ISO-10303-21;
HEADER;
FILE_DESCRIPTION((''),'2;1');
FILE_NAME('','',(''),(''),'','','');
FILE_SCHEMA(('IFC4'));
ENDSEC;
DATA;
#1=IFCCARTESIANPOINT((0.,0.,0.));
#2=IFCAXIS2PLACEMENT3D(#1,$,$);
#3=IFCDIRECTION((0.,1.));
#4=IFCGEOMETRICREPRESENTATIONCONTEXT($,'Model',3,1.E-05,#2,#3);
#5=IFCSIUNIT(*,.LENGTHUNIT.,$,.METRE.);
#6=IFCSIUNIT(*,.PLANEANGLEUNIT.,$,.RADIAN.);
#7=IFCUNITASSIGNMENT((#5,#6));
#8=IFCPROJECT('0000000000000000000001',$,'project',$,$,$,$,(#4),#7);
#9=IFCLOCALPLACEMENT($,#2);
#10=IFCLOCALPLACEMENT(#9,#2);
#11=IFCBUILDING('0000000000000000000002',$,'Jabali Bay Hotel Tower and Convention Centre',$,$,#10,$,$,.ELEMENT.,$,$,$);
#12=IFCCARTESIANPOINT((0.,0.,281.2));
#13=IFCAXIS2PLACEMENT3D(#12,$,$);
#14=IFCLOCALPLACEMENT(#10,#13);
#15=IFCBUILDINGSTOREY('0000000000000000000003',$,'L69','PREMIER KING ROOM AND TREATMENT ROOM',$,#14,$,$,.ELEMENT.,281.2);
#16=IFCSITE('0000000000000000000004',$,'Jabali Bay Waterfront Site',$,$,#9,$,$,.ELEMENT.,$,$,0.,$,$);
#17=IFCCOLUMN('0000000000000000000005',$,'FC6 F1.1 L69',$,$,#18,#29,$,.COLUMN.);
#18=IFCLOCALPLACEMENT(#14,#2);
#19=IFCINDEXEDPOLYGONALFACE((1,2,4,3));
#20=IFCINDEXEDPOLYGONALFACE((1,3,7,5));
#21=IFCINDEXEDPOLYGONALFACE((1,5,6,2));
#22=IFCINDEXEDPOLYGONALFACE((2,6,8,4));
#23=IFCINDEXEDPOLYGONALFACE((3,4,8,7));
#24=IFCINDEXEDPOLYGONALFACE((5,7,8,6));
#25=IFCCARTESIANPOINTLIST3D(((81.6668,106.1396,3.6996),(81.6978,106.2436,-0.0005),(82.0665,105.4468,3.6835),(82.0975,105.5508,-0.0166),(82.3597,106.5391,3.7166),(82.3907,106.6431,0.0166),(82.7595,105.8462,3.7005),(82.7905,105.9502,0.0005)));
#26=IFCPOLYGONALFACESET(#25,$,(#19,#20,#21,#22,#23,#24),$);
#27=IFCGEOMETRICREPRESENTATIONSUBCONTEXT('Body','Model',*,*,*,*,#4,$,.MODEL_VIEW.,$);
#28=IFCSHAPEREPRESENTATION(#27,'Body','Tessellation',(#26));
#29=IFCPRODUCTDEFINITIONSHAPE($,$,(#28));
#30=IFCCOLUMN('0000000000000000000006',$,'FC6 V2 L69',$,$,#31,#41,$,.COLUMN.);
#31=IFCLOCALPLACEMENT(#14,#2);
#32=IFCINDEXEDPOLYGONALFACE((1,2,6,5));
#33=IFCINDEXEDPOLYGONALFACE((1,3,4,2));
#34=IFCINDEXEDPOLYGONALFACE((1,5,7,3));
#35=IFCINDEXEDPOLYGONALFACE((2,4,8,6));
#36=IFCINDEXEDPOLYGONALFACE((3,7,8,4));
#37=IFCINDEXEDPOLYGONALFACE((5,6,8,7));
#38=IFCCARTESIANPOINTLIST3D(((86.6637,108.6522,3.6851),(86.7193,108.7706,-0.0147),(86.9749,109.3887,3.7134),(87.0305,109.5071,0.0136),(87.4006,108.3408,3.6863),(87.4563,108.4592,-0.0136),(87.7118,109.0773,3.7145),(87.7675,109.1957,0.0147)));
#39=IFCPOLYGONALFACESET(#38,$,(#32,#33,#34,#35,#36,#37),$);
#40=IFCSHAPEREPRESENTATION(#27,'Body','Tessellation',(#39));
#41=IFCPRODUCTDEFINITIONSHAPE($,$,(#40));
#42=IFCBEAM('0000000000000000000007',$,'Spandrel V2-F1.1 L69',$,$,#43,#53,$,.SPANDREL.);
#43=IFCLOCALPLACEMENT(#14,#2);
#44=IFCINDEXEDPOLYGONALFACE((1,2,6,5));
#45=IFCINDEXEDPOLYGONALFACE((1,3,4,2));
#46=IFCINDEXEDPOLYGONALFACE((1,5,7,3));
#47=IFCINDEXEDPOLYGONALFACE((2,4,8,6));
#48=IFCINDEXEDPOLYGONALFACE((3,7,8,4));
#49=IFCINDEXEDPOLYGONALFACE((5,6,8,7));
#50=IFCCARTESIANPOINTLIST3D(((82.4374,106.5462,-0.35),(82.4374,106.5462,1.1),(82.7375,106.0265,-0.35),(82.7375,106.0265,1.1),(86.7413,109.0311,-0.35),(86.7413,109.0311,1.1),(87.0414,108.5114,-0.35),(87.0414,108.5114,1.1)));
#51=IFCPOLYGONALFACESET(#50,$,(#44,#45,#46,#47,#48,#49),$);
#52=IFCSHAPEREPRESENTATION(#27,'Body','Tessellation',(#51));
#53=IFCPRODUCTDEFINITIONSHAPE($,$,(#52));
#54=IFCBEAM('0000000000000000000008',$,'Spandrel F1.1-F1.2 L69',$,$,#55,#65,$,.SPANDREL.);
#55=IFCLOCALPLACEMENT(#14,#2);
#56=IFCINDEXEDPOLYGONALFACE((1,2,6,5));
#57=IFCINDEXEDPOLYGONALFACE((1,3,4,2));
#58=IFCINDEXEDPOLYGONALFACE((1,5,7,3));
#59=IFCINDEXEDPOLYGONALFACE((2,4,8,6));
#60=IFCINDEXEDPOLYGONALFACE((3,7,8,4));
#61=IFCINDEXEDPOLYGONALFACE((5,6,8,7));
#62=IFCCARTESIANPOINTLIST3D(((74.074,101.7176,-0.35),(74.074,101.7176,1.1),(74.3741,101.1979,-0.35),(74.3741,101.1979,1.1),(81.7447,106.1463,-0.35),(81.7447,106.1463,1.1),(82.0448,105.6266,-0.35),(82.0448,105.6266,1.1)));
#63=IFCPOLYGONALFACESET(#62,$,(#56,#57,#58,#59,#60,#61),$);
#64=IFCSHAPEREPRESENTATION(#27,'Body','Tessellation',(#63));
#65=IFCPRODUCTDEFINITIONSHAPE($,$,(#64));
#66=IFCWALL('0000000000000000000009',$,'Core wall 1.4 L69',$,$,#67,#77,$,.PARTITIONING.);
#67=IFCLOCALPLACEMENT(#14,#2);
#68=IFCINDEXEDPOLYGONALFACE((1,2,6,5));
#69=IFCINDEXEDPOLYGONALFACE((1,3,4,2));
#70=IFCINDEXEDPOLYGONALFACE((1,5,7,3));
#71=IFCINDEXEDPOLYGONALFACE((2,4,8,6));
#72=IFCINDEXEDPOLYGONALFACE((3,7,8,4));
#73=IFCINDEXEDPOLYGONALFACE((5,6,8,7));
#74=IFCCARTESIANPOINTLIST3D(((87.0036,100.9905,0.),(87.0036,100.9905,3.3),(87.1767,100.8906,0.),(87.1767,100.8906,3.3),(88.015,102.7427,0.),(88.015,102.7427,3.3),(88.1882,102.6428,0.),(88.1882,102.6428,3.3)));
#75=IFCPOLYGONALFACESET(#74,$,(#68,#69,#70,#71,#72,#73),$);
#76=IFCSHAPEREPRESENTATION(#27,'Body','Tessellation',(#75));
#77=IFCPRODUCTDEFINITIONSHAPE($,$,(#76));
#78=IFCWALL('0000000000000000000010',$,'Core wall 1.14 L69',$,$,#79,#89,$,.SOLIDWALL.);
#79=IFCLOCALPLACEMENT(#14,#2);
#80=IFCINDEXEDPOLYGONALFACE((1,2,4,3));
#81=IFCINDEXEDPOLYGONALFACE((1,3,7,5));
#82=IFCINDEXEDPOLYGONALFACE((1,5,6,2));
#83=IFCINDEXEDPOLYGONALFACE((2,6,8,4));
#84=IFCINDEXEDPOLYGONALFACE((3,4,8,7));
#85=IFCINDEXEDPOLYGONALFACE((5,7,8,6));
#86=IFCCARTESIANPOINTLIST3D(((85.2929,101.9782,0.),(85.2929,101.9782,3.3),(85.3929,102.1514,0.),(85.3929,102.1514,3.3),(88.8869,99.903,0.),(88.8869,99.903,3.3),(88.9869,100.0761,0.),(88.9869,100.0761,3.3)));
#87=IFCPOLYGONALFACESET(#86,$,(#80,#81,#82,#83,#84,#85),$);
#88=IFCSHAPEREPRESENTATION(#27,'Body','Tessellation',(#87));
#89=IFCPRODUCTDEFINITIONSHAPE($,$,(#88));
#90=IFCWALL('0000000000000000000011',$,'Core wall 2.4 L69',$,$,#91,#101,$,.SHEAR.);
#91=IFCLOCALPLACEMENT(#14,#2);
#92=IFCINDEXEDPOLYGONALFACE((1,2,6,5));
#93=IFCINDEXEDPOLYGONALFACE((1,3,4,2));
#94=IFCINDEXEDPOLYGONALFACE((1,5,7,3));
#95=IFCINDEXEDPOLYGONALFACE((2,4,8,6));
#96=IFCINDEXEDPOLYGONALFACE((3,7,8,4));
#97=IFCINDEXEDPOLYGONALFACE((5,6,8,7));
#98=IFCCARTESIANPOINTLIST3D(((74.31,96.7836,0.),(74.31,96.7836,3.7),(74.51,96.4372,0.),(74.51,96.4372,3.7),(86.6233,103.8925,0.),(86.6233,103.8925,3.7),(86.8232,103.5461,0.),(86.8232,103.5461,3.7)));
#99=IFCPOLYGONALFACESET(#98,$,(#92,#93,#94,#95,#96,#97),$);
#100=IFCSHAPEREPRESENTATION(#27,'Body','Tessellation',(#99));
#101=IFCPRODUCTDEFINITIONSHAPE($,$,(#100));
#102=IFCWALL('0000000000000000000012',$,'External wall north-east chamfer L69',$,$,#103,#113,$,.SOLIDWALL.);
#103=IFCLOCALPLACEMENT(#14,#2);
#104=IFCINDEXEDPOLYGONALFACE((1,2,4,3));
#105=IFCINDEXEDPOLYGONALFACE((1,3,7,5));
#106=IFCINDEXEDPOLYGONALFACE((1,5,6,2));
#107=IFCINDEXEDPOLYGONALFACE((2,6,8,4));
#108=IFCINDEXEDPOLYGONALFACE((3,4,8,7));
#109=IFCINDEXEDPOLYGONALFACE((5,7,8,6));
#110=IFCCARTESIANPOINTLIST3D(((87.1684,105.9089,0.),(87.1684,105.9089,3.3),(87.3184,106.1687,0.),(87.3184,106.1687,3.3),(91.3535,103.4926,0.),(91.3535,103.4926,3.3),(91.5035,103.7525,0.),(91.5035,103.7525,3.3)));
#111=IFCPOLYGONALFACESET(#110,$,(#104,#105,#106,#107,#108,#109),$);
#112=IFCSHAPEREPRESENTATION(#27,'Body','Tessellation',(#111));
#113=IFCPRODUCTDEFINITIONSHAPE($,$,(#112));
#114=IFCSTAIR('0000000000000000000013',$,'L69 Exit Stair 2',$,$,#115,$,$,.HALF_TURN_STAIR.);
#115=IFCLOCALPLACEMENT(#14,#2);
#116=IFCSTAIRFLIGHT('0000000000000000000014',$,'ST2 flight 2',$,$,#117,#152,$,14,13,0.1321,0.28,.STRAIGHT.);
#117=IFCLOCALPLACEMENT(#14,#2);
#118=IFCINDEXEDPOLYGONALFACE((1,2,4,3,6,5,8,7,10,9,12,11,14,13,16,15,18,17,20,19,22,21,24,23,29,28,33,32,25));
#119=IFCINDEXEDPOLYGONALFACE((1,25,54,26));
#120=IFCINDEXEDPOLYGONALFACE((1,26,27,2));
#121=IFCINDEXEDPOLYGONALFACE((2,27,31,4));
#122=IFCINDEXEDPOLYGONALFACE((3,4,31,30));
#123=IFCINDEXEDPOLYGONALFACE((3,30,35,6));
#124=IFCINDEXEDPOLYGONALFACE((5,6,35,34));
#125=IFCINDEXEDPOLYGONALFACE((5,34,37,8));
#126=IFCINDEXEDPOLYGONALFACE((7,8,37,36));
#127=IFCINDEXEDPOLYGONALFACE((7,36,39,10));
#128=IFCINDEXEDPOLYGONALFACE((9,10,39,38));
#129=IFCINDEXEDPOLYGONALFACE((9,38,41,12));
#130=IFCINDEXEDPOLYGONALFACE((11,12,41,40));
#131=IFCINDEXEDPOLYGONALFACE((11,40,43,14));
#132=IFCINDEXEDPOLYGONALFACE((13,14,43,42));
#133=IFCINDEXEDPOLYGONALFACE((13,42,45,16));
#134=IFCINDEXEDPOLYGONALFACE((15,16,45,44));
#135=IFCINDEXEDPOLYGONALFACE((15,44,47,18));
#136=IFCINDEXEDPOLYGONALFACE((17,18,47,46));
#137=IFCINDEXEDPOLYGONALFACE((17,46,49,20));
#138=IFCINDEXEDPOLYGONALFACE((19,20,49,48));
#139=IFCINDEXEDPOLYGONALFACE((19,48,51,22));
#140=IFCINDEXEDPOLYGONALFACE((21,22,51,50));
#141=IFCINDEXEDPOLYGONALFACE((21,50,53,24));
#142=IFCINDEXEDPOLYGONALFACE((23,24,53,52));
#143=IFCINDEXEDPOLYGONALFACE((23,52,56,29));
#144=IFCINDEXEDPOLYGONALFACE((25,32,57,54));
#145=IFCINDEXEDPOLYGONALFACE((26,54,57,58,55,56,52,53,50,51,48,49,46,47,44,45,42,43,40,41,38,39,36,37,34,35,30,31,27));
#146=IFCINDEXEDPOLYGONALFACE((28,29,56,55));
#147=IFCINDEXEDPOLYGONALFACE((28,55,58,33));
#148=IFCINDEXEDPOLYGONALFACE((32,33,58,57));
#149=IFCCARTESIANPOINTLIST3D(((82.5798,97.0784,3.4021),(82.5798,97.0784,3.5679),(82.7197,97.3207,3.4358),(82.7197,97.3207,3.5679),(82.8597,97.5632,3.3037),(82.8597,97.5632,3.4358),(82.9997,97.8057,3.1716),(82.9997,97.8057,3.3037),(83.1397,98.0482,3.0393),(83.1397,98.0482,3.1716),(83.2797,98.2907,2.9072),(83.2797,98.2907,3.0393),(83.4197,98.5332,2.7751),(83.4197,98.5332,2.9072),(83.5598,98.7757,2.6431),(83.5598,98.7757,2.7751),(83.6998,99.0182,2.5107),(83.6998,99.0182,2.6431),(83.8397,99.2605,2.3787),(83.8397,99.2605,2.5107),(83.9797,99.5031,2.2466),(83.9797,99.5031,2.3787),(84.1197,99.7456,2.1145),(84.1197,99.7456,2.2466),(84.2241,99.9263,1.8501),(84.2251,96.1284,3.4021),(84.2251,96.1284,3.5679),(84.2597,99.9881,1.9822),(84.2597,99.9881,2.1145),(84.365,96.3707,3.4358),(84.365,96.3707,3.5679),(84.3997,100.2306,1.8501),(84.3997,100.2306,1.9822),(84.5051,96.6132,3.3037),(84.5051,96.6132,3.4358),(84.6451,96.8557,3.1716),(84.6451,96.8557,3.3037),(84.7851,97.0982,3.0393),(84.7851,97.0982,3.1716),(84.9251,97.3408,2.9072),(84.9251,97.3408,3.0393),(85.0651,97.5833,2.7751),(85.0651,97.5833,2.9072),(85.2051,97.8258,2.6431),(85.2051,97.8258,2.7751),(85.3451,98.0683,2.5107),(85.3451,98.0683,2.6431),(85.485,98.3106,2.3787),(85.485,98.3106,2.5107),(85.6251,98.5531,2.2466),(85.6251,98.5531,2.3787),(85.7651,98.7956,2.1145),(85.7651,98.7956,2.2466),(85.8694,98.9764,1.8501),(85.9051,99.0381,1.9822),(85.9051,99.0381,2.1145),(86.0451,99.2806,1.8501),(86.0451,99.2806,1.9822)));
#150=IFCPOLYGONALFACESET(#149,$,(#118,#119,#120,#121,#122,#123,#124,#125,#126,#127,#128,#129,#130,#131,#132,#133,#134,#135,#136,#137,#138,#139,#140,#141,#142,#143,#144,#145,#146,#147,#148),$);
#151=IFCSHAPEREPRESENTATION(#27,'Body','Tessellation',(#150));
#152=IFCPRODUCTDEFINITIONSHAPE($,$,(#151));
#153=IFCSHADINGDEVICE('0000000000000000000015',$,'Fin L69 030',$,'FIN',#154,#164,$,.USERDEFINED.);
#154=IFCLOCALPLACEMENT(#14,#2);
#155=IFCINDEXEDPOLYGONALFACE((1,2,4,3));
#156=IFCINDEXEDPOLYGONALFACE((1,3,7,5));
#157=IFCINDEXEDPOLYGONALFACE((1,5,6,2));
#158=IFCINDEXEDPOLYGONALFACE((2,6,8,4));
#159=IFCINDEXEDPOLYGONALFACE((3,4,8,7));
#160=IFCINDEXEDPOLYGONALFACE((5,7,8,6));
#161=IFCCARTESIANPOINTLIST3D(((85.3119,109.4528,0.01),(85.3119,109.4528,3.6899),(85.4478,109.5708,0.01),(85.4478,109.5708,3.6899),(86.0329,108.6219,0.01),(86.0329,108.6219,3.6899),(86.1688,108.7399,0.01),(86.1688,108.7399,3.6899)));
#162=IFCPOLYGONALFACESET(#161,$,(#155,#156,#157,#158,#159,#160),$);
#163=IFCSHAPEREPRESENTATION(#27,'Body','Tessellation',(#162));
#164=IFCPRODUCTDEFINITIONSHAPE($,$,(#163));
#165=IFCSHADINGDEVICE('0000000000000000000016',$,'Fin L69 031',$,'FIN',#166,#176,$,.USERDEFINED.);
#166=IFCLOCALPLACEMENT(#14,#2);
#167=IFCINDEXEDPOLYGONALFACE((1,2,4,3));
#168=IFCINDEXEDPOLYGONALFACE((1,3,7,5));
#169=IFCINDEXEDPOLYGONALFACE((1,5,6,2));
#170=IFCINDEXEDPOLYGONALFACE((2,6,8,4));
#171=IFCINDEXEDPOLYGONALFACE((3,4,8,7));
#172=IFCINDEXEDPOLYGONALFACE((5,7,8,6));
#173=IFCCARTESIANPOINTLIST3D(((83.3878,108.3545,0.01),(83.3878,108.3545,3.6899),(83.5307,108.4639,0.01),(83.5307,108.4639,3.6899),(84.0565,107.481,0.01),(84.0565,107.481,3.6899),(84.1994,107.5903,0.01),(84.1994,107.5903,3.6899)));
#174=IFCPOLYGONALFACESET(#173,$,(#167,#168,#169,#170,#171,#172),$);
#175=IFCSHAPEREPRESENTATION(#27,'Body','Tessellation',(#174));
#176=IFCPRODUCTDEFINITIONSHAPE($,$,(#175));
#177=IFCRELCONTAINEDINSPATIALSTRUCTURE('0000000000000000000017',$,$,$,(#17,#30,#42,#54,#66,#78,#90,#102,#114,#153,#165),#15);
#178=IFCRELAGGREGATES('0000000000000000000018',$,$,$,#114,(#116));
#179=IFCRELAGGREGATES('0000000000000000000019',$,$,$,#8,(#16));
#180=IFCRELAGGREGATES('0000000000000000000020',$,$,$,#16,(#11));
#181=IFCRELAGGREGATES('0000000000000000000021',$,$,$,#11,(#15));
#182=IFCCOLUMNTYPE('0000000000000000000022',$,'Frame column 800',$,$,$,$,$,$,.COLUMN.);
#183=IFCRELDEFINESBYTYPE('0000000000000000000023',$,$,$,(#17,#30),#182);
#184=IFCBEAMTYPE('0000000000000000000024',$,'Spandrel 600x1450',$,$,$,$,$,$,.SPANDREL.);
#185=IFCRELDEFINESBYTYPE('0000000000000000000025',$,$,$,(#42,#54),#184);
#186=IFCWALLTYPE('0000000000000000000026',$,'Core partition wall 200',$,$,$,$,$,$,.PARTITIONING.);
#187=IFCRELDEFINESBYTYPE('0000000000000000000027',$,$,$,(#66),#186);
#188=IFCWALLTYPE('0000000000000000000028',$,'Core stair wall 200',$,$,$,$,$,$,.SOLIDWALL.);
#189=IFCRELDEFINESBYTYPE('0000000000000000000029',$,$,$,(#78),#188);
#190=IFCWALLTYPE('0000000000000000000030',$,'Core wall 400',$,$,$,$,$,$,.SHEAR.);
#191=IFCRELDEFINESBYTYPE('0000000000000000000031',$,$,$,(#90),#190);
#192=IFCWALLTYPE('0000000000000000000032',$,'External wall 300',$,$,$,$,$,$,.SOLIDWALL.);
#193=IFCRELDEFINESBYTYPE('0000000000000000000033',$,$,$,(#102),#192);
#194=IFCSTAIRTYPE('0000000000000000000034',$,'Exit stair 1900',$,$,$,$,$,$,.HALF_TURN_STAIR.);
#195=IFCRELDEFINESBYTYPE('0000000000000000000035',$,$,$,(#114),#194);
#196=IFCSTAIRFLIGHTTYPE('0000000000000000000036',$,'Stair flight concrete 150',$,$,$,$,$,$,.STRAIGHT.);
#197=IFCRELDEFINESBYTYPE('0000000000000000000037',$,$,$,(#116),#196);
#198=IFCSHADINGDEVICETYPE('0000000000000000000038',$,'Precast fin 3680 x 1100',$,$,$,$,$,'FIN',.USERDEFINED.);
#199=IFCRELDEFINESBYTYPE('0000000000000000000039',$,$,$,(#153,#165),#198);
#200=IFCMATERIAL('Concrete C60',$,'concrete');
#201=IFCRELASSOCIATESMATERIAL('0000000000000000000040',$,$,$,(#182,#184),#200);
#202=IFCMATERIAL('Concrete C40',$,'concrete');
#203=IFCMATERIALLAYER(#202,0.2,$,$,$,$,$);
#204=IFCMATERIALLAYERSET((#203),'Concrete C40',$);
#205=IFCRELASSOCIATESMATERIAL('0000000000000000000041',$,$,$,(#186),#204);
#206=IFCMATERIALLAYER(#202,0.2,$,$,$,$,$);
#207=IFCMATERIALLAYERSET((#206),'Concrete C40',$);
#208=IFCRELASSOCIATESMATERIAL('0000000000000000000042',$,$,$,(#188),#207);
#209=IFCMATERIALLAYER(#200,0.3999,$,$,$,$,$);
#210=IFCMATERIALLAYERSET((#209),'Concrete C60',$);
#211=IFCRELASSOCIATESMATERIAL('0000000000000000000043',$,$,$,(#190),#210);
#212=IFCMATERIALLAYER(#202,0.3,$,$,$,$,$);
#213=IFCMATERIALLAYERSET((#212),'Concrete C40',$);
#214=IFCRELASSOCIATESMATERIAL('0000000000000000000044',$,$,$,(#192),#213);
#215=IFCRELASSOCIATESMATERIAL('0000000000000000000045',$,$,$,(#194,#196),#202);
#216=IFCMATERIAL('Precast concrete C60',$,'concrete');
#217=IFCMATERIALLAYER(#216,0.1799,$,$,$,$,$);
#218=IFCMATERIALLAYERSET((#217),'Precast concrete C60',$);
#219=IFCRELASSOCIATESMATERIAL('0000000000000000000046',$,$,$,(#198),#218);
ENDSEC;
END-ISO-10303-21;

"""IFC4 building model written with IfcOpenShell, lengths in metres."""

from ifc_helpers import new_model, si_unit, direction, frame, frame_2d, origin, origin_2d, place, context, subcontext, project, spatial, polyline, rectangle, outline, extrude, material, layer, layer_set, material_profile, profile_set, type_object, element, aggregate, save


model = new_model("IFC4")

# Units and contexts
model_context = context("Model", 3, precision=1e-05, world=origin(), true_north=direction((0.0, 1.0)))
body_context = subcontext(model_context, "Body", "Model", "MODEL_VIEW")
ifc_project = project(units=[si_unit("LENGTHUNIT", "METRE"), si_unit("PLANEANGLEUNIT", "RADIAN")], contexts=[model_context])

# Site, building, storey
site_placement = place(None, origin())
site = spatial("IfcSite", under=ifc_project, at=site_placement, Name="Jabali Bay Waterfront Site", CompositionType="ELEMENT", RefElevation=0.0)
building_placement = place(site_placement, origin())
building = spatial("IfcBuilding", under=site, at=building_placement, Name="Jabali Bay Hotel Tower and Convention Centre", CompositionType="ELEMENT")
storey_placement = place(building_placement, frame((0.0, 0.0, 281.2)))
storey = spatial("IfcBuildingStorey", under=building, at=storey_placement, Name="L69", Description="PREMIER KING ROOM AND TREATMENT ROOM", CompositionType="ELEMENT", Elevation=281.2)

# Columns
ifc_material_1 = material(Name="Concrete C60", Category="concrete")
ifc_material_profile_1 = material_profile(ifc_material_1, rectangle(XDim=0.8, YDim=0.8, at=origin_2d()), Name="Frame column 800")
ifc_profile_set_1 = profile_set([ifc_material_profile_1], Name="Concrete C60")
column_type = type_object("IfcColumnType", Name="Frame column 800", PredefinedType="COLUMN", material=ifc_profile_set_1)
column_1_placement = place(storey_placement, frame((82.2441, 106.0969, 0.0), z_axis=(-0.008376, -0.028097, 0.99957), x_axis=(0.866172, 0.499293, 0.021293)))
element("IfcColumn", 1, at=column_1_placement, inside=storey, type_object=column_type, Name="FC6 F1.1 L69", PredefinedType="COLUMN", context=body_context, shape_type="SweptSolid", body=[
    extrude(rectangle(XDim=0.8, YDim=0.8, at=origin_2d()), origin(), (0.0, 0.0, 1.0), 3.7017),
])
column_2_placement = place(storey_placement, frame((87.2434, 108.9832, 0.0), z_axis=(-0.015035, -0.031983, 0.999375), x_axis=(0.921141, -0.389226, 0.001402)))
element("IfcColumn", 2, at=column_2_placement, inside=storey, type_object=column_type, Name="FC6 V2 L69", PredefinedType="COLUMN", context=body_context, shape_type="SweptSolid", body=[
    extrude(rectangle(XDim=0.8, YDim=0.8, at=origin_2d()), origin(), (0.0, 0.0, 1.0), 3.7021),
])

# Beams
ifc_material_profile_2 = material_profile(ifc_material_1, rectangle(XDim=0.6001, YDim=1.45, at=origin_2d()), Name="Spandrel 600x1450")
ifc_profile_set_2 = profile_set([ifc_material_profile_2], Name="Concrete C60")
beam_type = type_object("IfcBeamType", Name="Spandrel 600x1450", PredefinedType="SPANDREL", material=ifc_profile_set_2)
beam_1_placement = place(storey_placement, frame((86.8914, 108.7712, 0.375), z_axis=(-0.866028, -0.499996, 0.0), x_axis=(0.499996, -0.866028, 0.0)))
element("IfcBeam", 3, at=beam_1_placement, inside=storey, type_object=beam_type, Name="Spandrel V2-F1.1 L69", PredefinedType="SPANDREL", context=body_context, shape_type="SweptSolid", body=[
    extrude(rectangle(XDim=0.6001, YDim=1.45, at=origin_2d()), origin(), (0.0, 0.0, 1.0), 4.9697),
])
beam_2_placement = place(storey_placement, frame((81.8948, 105.8865, 0.375), z_axis=(-0.866023, -0.500005, 0.0), x_axis=(0.500005, -0.866023, 0.0)))
element("IfcBeam", 4, at=beam_2_placement, inside=storey, type_object=beam_type, Name="Spandrel F1.1-F1.2 L69", PredefinedType="SPANDREL", context=body_context, shape_type="SweptSolid", body=[
    extrude(rectangle(XDim=0.6001, YDim=1.45, at=origin_2d()), origin(), (0.0, 0.0, 1.0), 8.8574),
])

# Walls
ifc_material_2 = material(Name="Concrete C40", Category="concrete")
ifc_layer_1 = layer(ifc_material_2, 0.2)
ifc_layer_set_1 = layer_set([ifc_layer_1], Name="Concrete C40")
wall_type_1 = type_object("IfcWallType", Name="Core partition wall 200", PredefinedType="PARTITIONING", material=ifc_layer_set_1)
wall_1_placement = place(storey_placement, frame((87.0901, 100.9404, 0.0), z_axis=(0.0, 0.0, 1.0), x_axis=(0.499942, 0.866059, 0.0)))
element("IfcWall", 5, at=wall_1_placement, inside=storey, type_object=wall_type_1, Name="Core wall 1.4 L69", PredefinedType="PARTITIONING", context=body_context, shape_type="SweptSolid", body=[
    extrude(rectangle(XDim=2.0232, YDim=0.2, at=frame_2d((1.0117, 0.0))), origin(), (0.0, 0.0, 1.0), 3.3),
])
ifc_layer_2 = layer(ifc_material_2, 0.2)
ifc_layer_set_2 = layer_set([ifc_layer_2], Name="Concrete C40")
wall_type_2 = type_object("IfcWallType", Name="Core stair wall 200", PredefinedType="SOLIDWALL", material=ifc_layer_set_2)
wall_2_placement = place(storey_placement, frame((88.937, 99.9895, 0.0), z_axis=(0.0, 0.0, 1.0), x_axis=(-0.866004, 0.500036, 0.0)))
element("IfcWall", 6, at=wall_2_placement, inside=storey, type_object=wall_type_2, Name="Core wall 1.14 L69", PredefinedType="SOLIDWALL", context=body_context, shape_type="SweptSolid", body=[
    extrude(rectangle(XDim=4.1501, YDim=0.2, at=frame_2d((2.0752, 0.0))), origin(), (0.0, 0.0, 1.0), 3.3),
])
ifc_layer_3 = layer(ifc_material_1, 0.3999)
ifc_layer_set_3 = layer_set([ifc_layer_3], Name="Concrete C60")
wall_type_3 = type_object("IfcWallType", Name="Core wall 400", PredefinedType="SHEAR", material=ifc_layer_set_3)
wall_3_placement = place(storey_placement, frame((86.7231, 103.7192, 0.0), z_axis=(0.0, 0.0, 1.0), x_axis=(-0.86603, -0.499991, 0.0)))
element("IfcWall", 7, at=wall_3_placement, inside=storey, type_object=wall_type_3, Name="Core wall 2.4 L69", PredefinedType="SHEAR", context=body_context, shape_type="SweptSolid", body=[
    extrude(rectangle(XDim=14.218, YDim=0.3999, at=frame_2d((7.1089, 0.0))), origin(), (0.0, 0.0, 1.0), 3.7),
])
ifc_layer_4 = layer(ifc_material_2, 0.3)
ifc_layer_set_4 = layer_set([ifc_layer_4], Name="Concrete C40")
wall_type_4 = type_object("IfcWallType", Name="External wall 300", PredefinedType="SOLIDWALL", material=ifc_layer_set_4)
wall_4_placement = place(storey_placement, frame((87.2434, 106.0388, 0.0), z_axis=(0.0, 0.0, 1.0), x_axis=(0.866024, -0.500002, 0.0)))
element("IfcWall", 8, at=wall_4_placement, inside=storey, type_object=wall_type_4, Name="External wall north-east chamfer L69", PredefinedType="SOLIDWALL", context=body_context, shape_type="SweptSolid", body=[
    extrude(rectangle(XDim=4.8325, YDim=0.3, at=frame_2d((2.4163, 0.0))), origin(), (0.0, 0.0, 1.0), 3.3),
])

# Stair, stair flight
stair_type = type_object("IfcStairType", Name="Exit stair 1900", PredefinedType="HALF_TURN_STAIR", material=ifc_material_2)
stair_placement = place(storey_placement, origin())
stair = element("IfcStair", 9, at=stair_placement, inside=storey, type_object=stair_type, Name="L69 Exit Stair 2", PredefinedType="HALF_TURN_STAIR")
stair_flight_type = type_object("IfcStairFlightType", Name="Stair flight concrete 150", PredefinedType="STRAIGHT", material=ifc_material_2)
stair_flight_placement = place(storey_placement, frame((85.2224, 99.7556, 1.8501), z_axis=(0.0, 0.0, 1.0), x_axis=(-0.5, -0.866025, 0.0)))
stair_flight = element("IfcStairFlight", 10, at=stair_flight_placement, type_object=stair_flight_type, Name="ST2 flight 2", NumberOfRisers=14, NumberOfTreads=13, PredefinedType="STRAIGHT", RiserHeight=0.1321, TreadLength=0.28, context=body_context, shape_type="SweptSolid", body=[
    extrude(outline(polyline([(0.0, 0.0), (0.0, 0.1321), (0.28, 0.1321), (0.28, 0.2644), (0.5601, 0.2644), (0.5601, 0.3965), (0.8401, 0.3965), (0.8401, 0.5286), (1.1201, 0.5286), (1.1201, 0.6606), (1.3999, 0.6606), (1.3999, 0.793), (1.6799, 0.793), (1.6799, 0.925), (1.96, 0.925), (1.96, 1.0571), (2.24, 1.0571), (2.24, 1.1892), (2.52, 1.1892), (2.52, 1.3215), (2.8, 1.3215), (2.8, 1.4536), (3.0801, 1.4536), (3.0801, 1.5857), (3.3601, 1.5857), (3.3601, 1.7178), (3.6399, 1.7178), (3.6399, 1.8501), (3.6399, 1.552), (0.3513, 0.0), (0.0, 0.0)])), frame((0.0, 0.95, 0.0), z_axis=(0.0, -1.0, 0.0), x_axis=(1.0, 0.0, 0.0)), (0.0, 0.0, 1.0), 1.8999),
])
aggregate(stair, [stair_flight])

# Shading devices
ifc_material_3 = material(Name="Precast concrete C60", Category="concrete")
ifc_layer_5 = layer(ifc_material_3, 0.1799)
ifc_layer_set_5 = layer_set([ifc_layer_5], Name="Precast concrete C60")
shading_device_type_1 = type_object("IfcShadingDeviceType", Name="Precast fin 3680 x 1100", ElementType="FIN", PredefinedType="USERDEFINED", material=ifc_layer_set_5)
for number, where, z_axis, x_axis, name in (
    (11, (86.1008, 108.6809, 0.01), (0.0, 0.0, 1.0), (-0.655404, 0.755279, 0.0), "Fin L69 030"),
    (12, (84.1279, 107.5356, 0.01), (0.0, 0.0, 1.0), (-0.607854, 0.794049, 0.0), "Fin L69 031"),
):
    element("IfcShadingDevice", number, at=place(storey_placement, frame(where, z_axis=z_axis, x_axis=x_axis)), inside=storey, type_object=shading_device_type_1, Name=name, ObjectType="FIN", PredefinedType="USERDEFINED", context=body_context, shape_type="SweptSolid", body=[
        extrude(rectangle(XDim=1.1001, YDim=0.1799, at=frame_2d((0.55, 0.0))), origin(), (0.0, 0.0, 1.0), 3.6799),
    ])

save(model, "model.ifc")
